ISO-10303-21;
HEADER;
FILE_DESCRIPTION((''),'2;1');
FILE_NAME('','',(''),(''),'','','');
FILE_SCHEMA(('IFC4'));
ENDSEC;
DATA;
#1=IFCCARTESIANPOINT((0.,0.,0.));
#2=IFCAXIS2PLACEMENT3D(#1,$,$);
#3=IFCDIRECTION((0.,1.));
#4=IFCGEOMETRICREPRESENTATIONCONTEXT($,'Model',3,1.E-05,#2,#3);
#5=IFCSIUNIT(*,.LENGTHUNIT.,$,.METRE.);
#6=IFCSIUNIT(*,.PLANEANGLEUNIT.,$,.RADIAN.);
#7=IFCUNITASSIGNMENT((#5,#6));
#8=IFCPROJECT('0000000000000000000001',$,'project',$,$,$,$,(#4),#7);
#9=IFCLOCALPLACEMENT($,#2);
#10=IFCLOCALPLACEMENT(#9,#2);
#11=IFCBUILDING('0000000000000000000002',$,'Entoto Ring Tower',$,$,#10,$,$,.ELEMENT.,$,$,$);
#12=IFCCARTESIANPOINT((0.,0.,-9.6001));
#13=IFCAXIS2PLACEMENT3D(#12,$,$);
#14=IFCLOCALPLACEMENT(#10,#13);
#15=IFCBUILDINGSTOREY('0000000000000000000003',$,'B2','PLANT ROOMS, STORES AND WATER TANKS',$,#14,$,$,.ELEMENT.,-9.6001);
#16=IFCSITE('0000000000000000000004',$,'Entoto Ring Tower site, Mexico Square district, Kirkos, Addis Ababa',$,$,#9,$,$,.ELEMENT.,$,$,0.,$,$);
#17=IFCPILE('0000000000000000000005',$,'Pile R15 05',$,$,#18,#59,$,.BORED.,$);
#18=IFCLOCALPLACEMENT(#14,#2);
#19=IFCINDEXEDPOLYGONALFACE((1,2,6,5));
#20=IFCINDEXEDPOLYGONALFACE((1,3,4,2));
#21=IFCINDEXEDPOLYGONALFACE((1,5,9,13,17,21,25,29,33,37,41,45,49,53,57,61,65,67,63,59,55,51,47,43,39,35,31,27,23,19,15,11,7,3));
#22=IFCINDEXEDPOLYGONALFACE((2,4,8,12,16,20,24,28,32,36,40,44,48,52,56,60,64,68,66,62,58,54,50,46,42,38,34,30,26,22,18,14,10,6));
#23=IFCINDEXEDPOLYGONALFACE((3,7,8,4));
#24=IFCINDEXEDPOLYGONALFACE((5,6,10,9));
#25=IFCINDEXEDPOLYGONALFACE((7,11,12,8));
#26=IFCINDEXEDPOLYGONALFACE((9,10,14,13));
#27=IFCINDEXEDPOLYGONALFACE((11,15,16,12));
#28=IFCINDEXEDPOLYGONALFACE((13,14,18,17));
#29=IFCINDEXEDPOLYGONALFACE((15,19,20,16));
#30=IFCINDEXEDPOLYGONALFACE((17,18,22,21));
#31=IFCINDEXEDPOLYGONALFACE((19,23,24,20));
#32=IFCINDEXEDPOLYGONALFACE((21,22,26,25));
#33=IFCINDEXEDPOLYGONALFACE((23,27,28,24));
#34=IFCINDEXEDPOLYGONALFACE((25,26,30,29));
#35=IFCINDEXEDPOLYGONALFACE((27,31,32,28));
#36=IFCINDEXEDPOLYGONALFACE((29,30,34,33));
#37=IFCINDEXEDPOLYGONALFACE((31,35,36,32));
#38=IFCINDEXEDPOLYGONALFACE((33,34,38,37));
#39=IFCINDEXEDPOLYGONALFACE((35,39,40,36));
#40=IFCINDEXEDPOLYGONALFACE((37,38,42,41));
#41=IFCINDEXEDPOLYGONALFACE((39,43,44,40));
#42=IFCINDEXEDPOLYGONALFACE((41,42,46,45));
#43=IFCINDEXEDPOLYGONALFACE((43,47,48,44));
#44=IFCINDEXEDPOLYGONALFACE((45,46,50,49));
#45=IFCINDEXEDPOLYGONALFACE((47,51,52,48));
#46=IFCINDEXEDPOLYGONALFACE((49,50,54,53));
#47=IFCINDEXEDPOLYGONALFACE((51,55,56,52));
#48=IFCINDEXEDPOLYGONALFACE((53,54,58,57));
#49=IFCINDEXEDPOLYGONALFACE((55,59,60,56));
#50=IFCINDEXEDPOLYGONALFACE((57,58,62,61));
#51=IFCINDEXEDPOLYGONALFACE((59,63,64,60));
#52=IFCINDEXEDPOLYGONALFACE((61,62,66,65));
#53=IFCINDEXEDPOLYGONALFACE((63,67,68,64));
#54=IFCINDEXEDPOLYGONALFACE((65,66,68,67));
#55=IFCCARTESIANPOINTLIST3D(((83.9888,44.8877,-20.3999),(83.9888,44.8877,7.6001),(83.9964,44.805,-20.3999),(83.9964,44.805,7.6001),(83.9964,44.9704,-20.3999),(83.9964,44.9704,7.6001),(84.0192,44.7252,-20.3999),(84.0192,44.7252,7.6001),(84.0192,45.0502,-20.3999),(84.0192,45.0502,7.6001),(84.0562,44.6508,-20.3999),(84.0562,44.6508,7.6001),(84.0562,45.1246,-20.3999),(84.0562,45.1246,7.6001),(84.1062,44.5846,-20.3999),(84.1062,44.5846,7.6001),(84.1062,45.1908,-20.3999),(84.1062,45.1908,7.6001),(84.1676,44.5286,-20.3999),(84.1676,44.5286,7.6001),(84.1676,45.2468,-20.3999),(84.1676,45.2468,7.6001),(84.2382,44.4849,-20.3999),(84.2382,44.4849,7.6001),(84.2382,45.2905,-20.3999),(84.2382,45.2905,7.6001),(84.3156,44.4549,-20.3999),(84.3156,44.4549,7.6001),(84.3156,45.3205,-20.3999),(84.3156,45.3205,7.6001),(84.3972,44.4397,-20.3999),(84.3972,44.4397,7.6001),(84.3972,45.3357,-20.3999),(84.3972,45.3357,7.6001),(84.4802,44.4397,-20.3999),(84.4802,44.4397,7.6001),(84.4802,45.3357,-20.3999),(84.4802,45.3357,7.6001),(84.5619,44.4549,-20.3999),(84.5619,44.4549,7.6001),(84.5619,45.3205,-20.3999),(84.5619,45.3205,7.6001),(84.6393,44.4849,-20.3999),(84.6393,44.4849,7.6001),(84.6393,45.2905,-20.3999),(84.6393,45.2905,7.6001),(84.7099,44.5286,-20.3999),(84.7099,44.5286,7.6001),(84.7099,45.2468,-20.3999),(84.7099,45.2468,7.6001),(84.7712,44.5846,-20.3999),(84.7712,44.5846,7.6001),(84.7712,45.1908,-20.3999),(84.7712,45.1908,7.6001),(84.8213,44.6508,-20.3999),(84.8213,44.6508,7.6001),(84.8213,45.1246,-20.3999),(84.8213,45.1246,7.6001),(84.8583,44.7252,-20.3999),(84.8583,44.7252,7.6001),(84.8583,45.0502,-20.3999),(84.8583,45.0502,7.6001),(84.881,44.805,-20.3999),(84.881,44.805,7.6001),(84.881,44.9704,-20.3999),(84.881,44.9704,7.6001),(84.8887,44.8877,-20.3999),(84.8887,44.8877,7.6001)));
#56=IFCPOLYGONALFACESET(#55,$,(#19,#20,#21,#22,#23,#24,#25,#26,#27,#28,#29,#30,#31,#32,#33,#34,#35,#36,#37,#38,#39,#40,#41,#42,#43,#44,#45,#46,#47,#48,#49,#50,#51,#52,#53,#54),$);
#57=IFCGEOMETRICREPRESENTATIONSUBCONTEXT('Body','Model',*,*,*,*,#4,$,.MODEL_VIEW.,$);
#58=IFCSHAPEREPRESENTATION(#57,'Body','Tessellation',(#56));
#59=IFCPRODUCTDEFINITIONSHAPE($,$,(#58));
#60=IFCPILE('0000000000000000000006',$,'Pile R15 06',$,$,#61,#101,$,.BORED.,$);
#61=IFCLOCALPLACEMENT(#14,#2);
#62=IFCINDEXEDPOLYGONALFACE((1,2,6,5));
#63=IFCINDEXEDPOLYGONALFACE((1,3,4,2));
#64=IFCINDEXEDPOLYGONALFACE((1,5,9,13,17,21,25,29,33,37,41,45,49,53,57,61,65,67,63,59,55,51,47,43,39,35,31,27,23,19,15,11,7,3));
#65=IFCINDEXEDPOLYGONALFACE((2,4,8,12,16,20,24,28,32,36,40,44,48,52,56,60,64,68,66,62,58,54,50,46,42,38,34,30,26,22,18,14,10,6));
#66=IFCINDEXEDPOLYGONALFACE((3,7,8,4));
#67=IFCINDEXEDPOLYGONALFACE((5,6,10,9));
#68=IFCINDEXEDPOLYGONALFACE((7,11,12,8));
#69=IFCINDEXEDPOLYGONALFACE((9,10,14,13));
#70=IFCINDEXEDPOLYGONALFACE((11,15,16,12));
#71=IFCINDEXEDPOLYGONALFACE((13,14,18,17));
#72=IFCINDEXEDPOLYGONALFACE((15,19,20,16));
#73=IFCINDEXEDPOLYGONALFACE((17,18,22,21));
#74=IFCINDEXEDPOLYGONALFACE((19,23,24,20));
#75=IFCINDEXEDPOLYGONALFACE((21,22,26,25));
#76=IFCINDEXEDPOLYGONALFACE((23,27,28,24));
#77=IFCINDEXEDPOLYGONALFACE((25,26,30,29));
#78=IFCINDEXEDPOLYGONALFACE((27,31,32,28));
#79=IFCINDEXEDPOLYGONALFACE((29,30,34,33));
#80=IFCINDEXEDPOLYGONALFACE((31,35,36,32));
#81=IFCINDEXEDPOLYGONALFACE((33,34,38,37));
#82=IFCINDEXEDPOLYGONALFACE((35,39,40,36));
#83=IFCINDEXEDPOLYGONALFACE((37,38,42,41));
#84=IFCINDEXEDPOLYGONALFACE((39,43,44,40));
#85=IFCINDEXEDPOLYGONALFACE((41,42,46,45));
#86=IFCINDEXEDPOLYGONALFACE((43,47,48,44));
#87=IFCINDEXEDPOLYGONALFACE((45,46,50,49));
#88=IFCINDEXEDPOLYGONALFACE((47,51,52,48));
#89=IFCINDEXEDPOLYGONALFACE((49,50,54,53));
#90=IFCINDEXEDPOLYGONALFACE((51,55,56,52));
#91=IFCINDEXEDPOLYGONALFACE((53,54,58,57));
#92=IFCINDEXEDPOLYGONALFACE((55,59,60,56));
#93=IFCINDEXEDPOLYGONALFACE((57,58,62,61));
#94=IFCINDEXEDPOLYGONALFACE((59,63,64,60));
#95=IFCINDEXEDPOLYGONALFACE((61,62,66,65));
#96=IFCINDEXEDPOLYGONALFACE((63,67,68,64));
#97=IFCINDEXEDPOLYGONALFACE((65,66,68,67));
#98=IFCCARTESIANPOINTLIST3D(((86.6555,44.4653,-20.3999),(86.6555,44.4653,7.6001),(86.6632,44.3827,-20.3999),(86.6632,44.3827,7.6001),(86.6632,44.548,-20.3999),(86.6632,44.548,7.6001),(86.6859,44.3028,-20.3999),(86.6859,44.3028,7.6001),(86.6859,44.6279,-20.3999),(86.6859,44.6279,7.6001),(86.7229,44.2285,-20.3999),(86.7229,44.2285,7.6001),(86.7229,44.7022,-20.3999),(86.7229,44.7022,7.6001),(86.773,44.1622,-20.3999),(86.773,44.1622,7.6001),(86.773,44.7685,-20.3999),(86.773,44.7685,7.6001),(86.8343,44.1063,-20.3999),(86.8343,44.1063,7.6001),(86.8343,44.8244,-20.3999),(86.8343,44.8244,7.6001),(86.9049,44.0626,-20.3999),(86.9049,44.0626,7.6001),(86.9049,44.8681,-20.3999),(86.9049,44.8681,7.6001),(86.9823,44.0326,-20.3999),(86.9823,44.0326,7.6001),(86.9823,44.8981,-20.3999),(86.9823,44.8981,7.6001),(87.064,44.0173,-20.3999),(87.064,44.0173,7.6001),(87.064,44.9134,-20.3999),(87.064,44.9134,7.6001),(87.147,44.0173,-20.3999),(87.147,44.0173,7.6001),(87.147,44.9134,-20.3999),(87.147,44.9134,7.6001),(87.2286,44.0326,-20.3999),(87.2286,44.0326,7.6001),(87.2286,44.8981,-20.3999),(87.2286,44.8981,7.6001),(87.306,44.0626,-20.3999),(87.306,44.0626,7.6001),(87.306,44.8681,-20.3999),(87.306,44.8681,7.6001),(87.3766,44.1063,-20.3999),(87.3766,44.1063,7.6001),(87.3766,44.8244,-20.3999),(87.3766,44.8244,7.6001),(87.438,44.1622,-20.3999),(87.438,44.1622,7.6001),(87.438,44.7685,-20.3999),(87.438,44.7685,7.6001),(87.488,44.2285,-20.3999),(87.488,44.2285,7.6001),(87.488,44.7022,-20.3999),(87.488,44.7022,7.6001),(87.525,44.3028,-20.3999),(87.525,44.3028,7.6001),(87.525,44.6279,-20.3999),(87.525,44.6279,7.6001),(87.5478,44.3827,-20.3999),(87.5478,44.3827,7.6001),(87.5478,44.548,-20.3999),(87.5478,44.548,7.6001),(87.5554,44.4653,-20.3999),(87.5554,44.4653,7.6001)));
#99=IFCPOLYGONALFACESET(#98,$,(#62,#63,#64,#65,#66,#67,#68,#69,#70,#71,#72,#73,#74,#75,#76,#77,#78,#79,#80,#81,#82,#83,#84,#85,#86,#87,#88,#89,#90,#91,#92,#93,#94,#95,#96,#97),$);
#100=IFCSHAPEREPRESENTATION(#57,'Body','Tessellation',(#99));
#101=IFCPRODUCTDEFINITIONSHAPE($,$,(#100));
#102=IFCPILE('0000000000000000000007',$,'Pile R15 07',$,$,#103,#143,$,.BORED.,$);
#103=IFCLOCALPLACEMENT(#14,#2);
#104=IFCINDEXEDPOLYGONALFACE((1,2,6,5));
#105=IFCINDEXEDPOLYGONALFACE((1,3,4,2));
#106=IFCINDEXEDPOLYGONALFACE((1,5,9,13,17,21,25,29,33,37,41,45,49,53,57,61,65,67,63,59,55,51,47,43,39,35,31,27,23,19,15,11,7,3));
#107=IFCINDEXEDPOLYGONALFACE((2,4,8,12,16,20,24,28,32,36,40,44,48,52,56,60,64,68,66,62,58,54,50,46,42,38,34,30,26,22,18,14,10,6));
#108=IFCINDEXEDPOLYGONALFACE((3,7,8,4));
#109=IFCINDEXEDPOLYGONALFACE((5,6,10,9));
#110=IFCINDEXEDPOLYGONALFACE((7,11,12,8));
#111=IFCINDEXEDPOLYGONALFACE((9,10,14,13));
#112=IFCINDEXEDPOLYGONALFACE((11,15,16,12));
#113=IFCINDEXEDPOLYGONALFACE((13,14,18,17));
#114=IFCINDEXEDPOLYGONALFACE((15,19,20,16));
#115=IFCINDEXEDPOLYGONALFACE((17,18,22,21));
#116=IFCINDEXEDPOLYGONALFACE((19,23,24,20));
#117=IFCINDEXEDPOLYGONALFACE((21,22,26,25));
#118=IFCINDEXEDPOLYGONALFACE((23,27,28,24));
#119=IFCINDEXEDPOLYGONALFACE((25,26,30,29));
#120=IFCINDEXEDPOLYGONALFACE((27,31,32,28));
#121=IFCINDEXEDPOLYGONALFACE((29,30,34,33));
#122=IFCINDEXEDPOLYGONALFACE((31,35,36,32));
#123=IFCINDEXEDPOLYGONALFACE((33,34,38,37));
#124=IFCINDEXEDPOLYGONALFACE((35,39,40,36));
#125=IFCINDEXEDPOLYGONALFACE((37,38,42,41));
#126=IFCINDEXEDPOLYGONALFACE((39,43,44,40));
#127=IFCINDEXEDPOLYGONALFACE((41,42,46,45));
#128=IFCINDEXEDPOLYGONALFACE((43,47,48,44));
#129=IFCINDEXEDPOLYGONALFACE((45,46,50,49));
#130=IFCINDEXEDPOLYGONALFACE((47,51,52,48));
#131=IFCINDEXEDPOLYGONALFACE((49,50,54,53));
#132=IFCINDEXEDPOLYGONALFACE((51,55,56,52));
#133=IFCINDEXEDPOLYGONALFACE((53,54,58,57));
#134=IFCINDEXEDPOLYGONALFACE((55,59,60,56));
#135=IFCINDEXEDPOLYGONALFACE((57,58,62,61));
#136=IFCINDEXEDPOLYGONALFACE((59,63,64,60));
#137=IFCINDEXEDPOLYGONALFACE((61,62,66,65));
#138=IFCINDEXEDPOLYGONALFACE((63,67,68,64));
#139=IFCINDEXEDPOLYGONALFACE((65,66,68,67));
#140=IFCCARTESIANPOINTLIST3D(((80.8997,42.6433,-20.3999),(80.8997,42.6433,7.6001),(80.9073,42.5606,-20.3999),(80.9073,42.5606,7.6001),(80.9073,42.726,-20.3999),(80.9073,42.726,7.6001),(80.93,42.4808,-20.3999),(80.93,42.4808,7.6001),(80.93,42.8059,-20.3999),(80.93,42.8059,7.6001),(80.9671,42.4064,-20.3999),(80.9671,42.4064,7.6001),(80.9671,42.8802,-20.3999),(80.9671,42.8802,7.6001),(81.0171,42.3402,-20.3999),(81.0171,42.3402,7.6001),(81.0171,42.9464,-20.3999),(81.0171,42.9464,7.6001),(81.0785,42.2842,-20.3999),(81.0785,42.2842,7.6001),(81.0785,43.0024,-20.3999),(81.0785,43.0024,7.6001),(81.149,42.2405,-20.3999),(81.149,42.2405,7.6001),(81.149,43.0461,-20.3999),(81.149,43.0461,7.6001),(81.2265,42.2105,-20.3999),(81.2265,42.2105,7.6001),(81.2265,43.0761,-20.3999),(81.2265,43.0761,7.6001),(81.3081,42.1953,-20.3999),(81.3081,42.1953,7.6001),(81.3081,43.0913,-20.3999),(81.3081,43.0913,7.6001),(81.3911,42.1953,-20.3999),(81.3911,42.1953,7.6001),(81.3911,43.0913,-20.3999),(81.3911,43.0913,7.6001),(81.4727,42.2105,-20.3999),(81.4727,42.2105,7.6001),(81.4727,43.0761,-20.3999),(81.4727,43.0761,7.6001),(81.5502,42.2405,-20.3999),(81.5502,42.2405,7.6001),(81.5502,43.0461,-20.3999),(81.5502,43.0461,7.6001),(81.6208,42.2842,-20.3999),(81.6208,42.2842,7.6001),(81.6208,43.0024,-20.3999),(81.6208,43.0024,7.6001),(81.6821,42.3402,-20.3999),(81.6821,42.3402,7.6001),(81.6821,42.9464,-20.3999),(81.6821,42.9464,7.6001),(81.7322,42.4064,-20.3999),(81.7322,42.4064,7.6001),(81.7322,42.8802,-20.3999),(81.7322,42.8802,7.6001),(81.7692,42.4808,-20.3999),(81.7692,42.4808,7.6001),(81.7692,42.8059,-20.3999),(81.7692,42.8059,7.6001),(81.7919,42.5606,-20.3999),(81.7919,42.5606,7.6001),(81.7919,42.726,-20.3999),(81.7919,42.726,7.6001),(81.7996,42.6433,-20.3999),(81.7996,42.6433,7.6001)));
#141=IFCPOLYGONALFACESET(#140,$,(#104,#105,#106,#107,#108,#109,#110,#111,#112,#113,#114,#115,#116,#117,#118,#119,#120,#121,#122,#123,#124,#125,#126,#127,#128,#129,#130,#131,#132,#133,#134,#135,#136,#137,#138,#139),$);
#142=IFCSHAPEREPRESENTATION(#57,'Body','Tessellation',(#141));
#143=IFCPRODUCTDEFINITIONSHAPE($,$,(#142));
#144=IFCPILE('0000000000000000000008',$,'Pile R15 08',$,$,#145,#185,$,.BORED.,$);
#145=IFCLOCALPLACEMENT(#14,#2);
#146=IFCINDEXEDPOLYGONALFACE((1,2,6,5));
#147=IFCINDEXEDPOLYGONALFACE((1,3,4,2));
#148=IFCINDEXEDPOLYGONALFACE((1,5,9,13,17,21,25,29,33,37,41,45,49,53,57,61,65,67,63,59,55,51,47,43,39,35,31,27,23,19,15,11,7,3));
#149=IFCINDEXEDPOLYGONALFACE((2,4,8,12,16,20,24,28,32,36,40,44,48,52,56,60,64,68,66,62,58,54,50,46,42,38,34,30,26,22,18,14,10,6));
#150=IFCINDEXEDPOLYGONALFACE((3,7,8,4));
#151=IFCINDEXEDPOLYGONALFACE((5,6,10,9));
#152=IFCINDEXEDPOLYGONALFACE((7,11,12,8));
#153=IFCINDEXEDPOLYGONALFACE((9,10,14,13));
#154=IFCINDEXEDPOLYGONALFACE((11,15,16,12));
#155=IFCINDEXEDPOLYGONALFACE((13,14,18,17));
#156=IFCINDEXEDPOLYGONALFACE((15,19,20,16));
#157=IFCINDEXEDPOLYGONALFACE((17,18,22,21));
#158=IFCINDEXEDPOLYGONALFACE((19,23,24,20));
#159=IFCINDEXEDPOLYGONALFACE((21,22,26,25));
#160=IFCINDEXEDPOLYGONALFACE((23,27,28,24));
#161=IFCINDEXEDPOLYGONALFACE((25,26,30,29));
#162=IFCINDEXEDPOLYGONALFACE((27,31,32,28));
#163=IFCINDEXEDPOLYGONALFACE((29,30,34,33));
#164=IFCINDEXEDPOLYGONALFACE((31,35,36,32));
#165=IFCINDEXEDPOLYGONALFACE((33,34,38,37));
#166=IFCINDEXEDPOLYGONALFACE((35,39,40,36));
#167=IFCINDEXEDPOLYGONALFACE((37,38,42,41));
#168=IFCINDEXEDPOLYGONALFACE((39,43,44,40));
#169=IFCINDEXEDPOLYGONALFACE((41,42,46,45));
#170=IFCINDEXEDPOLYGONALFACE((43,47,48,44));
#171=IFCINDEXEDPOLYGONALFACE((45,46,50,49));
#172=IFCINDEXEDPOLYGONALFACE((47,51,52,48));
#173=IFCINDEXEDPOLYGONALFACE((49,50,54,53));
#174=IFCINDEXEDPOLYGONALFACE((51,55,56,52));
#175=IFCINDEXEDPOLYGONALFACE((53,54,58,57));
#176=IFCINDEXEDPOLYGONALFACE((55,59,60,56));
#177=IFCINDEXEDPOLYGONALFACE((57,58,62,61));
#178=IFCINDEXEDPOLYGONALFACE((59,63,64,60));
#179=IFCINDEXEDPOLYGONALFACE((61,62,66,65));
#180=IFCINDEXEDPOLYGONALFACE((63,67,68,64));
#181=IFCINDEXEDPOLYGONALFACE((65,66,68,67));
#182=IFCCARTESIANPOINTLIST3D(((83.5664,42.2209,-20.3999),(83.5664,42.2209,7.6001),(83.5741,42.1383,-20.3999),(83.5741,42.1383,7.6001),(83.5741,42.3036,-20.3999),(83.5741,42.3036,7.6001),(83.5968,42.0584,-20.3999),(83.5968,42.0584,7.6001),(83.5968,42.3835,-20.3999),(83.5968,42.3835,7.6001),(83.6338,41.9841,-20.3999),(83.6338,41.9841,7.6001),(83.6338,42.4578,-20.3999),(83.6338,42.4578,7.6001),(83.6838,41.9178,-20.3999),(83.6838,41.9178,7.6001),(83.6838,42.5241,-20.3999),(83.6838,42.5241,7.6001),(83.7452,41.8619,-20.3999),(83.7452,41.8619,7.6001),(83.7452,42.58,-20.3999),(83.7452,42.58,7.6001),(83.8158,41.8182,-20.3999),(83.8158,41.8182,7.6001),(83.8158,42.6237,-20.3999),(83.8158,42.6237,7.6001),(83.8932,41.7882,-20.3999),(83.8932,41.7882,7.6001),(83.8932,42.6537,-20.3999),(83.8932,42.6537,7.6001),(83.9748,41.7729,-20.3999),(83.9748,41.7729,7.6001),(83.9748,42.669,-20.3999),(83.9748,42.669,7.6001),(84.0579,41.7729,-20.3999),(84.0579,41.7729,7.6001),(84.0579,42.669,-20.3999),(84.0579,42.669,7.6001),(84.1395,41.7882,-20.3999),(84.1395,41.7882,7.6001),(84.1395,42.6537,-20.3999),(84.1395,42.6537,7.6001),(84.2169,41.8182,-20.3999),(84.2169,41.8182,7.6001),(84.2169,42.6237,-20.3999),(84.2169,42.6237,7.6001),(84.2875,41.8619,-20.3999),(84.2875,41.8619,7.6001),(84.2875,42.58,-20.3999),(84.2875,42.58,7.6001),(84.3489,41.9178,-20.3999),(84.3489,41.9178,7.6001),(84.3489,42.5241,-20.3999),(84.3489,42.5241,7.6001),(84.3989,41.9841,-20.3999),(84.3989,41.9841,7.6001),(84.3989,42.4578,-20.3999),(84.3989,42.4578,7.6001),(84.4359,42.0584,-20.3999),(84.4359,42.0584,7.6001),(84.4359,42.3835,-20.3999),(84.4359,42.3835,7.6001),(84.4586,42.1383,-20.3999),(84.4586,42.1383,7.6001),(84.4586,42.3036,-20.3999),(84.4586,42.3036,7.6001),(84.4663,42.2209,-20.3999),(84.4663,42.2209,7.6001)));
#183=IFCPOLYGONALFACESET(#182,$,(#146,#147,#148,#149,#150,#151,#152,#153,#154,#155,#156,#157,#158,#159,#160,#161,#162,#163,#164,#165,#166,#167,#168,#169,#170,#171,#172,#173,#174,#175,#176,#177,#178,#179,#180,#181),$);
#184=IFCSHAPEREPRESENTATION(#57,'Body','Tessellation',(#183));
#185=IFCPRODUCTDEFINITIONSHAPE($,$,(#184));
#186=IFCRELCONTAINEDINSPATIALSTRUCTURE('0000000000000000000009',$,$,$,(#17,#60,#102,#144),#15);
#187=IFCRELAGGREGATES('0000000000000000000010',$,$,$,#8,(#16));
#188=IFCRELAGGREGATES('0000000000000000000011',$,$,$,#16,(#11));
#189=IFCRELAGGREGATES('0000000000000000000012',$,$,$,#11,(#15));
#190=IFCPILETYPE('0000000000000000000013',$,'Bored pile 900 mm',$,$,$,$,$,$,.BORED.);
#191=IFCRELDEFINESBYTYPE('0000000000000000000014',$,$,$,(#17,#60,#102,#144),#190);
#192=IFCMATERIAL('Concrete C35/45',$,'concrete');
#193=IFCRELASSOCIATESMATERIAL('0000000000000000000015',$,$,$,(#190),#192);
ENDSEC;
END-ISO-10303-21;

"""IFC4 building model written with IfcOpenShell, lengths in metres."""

from ifc_helpers import new_model, si_unit, direction, frame, origin, origin_2d, place, context, subcontext, project, spatial, circle, extrude, material, material_profile, profile_set, type_object, element, save


model = new_model("IFC4")

# Units and contexts
model_context = context("Model", 3, precision=1e-05, world=origin(), true_north=direction((0.0, 1.0)))
body_context = subcontext(model_context, "Body", "Model", "MODEL_VIEW")
ifc_project = project(units=[si_unit("LENGTHUNIT", "METRE"), si_unit("PLANEANGLEUNIT", "RADIAN")], contexts=[model_context])

# Site, building, storey
site_placement = place(None, origin())
site = spatial("IfcSite", under=ifc_project, at=site_placement, Name="Entoto Ring Tower site, Mexico Square district, Kirkos, Addis Ababa", CompositionType="ELEMENT", RefElevation=0.0)
building_placement = place(site_placement, origin())
building = spatial("IfcBuilding", under=site, at=building_placement, Name="Entoto Ring Tower", CompositionType="ELEMENT")
storey_placement = place(building_placement, frame((0.0, 0.0, -9.6001)))
storey = spatial("IfcBuildingStorey", under=building, at=storey_placement, Name="B2", Description="PLANT ROOMS, STORES AND WATER TANKS", CompositionType="ELEMENT", Elevation=-9.6001)

# Piles
ifc_material_1 = material(Name="Concrete C35/45", Category="concrete")
ifc_material_profile_1 = material_profile(ifc_material_1, circle(Radius=0.45, at=origin_2d()), Name="Bored pile 900 mm")
ifc_profile_set_1 = profile_set([ifc_material_profile_1], Name="Concrete C35/45")
pile_type = type_object("IfcPileType", Name="Bored pile 900 mm", PredefinedType="BORED", material=ifc_profile_set_1)
for number, where, z_axis, x_axis, name in (
    (1, (84.4387, 44.8877, 7.6001), (0.0, 0.0, -1.0), (1.0, 0.0, 0.0), "Pile R15 05"),
    (2, (87.1055, 44.4653, 7.6001), (0.0, 0.0, -1.0), (1.0, 0.0, 0.0), "Pile R15 06"),
    (3, (81.3496, 42.6433, 7.6001), (0.0, 0.0, -1.0), (1.0, 0.0, 0.0), "Pile R15 07"),
    (4, (84.0164, 42.2209, 7.6001), (0.0, 0.0, -1.0), (1.0, 0.0, 0.0), "Pile R15 08"),
):
    element("IfcPile", number, at=place(storey_placement, frame(where, z_axis=z_axis, x_axis=x_axis)), inside=storey, type_object=pile_type, Name=name, PredefinedType="BORED", context=body_context, shape_type="SweptSolid", body=[
        extrude(circle(Radius=0.45, at=origin_2d()), origin(), (0.0, 0.0, 1.0), 28.0),
    ])

save(model, "model.ifc")
